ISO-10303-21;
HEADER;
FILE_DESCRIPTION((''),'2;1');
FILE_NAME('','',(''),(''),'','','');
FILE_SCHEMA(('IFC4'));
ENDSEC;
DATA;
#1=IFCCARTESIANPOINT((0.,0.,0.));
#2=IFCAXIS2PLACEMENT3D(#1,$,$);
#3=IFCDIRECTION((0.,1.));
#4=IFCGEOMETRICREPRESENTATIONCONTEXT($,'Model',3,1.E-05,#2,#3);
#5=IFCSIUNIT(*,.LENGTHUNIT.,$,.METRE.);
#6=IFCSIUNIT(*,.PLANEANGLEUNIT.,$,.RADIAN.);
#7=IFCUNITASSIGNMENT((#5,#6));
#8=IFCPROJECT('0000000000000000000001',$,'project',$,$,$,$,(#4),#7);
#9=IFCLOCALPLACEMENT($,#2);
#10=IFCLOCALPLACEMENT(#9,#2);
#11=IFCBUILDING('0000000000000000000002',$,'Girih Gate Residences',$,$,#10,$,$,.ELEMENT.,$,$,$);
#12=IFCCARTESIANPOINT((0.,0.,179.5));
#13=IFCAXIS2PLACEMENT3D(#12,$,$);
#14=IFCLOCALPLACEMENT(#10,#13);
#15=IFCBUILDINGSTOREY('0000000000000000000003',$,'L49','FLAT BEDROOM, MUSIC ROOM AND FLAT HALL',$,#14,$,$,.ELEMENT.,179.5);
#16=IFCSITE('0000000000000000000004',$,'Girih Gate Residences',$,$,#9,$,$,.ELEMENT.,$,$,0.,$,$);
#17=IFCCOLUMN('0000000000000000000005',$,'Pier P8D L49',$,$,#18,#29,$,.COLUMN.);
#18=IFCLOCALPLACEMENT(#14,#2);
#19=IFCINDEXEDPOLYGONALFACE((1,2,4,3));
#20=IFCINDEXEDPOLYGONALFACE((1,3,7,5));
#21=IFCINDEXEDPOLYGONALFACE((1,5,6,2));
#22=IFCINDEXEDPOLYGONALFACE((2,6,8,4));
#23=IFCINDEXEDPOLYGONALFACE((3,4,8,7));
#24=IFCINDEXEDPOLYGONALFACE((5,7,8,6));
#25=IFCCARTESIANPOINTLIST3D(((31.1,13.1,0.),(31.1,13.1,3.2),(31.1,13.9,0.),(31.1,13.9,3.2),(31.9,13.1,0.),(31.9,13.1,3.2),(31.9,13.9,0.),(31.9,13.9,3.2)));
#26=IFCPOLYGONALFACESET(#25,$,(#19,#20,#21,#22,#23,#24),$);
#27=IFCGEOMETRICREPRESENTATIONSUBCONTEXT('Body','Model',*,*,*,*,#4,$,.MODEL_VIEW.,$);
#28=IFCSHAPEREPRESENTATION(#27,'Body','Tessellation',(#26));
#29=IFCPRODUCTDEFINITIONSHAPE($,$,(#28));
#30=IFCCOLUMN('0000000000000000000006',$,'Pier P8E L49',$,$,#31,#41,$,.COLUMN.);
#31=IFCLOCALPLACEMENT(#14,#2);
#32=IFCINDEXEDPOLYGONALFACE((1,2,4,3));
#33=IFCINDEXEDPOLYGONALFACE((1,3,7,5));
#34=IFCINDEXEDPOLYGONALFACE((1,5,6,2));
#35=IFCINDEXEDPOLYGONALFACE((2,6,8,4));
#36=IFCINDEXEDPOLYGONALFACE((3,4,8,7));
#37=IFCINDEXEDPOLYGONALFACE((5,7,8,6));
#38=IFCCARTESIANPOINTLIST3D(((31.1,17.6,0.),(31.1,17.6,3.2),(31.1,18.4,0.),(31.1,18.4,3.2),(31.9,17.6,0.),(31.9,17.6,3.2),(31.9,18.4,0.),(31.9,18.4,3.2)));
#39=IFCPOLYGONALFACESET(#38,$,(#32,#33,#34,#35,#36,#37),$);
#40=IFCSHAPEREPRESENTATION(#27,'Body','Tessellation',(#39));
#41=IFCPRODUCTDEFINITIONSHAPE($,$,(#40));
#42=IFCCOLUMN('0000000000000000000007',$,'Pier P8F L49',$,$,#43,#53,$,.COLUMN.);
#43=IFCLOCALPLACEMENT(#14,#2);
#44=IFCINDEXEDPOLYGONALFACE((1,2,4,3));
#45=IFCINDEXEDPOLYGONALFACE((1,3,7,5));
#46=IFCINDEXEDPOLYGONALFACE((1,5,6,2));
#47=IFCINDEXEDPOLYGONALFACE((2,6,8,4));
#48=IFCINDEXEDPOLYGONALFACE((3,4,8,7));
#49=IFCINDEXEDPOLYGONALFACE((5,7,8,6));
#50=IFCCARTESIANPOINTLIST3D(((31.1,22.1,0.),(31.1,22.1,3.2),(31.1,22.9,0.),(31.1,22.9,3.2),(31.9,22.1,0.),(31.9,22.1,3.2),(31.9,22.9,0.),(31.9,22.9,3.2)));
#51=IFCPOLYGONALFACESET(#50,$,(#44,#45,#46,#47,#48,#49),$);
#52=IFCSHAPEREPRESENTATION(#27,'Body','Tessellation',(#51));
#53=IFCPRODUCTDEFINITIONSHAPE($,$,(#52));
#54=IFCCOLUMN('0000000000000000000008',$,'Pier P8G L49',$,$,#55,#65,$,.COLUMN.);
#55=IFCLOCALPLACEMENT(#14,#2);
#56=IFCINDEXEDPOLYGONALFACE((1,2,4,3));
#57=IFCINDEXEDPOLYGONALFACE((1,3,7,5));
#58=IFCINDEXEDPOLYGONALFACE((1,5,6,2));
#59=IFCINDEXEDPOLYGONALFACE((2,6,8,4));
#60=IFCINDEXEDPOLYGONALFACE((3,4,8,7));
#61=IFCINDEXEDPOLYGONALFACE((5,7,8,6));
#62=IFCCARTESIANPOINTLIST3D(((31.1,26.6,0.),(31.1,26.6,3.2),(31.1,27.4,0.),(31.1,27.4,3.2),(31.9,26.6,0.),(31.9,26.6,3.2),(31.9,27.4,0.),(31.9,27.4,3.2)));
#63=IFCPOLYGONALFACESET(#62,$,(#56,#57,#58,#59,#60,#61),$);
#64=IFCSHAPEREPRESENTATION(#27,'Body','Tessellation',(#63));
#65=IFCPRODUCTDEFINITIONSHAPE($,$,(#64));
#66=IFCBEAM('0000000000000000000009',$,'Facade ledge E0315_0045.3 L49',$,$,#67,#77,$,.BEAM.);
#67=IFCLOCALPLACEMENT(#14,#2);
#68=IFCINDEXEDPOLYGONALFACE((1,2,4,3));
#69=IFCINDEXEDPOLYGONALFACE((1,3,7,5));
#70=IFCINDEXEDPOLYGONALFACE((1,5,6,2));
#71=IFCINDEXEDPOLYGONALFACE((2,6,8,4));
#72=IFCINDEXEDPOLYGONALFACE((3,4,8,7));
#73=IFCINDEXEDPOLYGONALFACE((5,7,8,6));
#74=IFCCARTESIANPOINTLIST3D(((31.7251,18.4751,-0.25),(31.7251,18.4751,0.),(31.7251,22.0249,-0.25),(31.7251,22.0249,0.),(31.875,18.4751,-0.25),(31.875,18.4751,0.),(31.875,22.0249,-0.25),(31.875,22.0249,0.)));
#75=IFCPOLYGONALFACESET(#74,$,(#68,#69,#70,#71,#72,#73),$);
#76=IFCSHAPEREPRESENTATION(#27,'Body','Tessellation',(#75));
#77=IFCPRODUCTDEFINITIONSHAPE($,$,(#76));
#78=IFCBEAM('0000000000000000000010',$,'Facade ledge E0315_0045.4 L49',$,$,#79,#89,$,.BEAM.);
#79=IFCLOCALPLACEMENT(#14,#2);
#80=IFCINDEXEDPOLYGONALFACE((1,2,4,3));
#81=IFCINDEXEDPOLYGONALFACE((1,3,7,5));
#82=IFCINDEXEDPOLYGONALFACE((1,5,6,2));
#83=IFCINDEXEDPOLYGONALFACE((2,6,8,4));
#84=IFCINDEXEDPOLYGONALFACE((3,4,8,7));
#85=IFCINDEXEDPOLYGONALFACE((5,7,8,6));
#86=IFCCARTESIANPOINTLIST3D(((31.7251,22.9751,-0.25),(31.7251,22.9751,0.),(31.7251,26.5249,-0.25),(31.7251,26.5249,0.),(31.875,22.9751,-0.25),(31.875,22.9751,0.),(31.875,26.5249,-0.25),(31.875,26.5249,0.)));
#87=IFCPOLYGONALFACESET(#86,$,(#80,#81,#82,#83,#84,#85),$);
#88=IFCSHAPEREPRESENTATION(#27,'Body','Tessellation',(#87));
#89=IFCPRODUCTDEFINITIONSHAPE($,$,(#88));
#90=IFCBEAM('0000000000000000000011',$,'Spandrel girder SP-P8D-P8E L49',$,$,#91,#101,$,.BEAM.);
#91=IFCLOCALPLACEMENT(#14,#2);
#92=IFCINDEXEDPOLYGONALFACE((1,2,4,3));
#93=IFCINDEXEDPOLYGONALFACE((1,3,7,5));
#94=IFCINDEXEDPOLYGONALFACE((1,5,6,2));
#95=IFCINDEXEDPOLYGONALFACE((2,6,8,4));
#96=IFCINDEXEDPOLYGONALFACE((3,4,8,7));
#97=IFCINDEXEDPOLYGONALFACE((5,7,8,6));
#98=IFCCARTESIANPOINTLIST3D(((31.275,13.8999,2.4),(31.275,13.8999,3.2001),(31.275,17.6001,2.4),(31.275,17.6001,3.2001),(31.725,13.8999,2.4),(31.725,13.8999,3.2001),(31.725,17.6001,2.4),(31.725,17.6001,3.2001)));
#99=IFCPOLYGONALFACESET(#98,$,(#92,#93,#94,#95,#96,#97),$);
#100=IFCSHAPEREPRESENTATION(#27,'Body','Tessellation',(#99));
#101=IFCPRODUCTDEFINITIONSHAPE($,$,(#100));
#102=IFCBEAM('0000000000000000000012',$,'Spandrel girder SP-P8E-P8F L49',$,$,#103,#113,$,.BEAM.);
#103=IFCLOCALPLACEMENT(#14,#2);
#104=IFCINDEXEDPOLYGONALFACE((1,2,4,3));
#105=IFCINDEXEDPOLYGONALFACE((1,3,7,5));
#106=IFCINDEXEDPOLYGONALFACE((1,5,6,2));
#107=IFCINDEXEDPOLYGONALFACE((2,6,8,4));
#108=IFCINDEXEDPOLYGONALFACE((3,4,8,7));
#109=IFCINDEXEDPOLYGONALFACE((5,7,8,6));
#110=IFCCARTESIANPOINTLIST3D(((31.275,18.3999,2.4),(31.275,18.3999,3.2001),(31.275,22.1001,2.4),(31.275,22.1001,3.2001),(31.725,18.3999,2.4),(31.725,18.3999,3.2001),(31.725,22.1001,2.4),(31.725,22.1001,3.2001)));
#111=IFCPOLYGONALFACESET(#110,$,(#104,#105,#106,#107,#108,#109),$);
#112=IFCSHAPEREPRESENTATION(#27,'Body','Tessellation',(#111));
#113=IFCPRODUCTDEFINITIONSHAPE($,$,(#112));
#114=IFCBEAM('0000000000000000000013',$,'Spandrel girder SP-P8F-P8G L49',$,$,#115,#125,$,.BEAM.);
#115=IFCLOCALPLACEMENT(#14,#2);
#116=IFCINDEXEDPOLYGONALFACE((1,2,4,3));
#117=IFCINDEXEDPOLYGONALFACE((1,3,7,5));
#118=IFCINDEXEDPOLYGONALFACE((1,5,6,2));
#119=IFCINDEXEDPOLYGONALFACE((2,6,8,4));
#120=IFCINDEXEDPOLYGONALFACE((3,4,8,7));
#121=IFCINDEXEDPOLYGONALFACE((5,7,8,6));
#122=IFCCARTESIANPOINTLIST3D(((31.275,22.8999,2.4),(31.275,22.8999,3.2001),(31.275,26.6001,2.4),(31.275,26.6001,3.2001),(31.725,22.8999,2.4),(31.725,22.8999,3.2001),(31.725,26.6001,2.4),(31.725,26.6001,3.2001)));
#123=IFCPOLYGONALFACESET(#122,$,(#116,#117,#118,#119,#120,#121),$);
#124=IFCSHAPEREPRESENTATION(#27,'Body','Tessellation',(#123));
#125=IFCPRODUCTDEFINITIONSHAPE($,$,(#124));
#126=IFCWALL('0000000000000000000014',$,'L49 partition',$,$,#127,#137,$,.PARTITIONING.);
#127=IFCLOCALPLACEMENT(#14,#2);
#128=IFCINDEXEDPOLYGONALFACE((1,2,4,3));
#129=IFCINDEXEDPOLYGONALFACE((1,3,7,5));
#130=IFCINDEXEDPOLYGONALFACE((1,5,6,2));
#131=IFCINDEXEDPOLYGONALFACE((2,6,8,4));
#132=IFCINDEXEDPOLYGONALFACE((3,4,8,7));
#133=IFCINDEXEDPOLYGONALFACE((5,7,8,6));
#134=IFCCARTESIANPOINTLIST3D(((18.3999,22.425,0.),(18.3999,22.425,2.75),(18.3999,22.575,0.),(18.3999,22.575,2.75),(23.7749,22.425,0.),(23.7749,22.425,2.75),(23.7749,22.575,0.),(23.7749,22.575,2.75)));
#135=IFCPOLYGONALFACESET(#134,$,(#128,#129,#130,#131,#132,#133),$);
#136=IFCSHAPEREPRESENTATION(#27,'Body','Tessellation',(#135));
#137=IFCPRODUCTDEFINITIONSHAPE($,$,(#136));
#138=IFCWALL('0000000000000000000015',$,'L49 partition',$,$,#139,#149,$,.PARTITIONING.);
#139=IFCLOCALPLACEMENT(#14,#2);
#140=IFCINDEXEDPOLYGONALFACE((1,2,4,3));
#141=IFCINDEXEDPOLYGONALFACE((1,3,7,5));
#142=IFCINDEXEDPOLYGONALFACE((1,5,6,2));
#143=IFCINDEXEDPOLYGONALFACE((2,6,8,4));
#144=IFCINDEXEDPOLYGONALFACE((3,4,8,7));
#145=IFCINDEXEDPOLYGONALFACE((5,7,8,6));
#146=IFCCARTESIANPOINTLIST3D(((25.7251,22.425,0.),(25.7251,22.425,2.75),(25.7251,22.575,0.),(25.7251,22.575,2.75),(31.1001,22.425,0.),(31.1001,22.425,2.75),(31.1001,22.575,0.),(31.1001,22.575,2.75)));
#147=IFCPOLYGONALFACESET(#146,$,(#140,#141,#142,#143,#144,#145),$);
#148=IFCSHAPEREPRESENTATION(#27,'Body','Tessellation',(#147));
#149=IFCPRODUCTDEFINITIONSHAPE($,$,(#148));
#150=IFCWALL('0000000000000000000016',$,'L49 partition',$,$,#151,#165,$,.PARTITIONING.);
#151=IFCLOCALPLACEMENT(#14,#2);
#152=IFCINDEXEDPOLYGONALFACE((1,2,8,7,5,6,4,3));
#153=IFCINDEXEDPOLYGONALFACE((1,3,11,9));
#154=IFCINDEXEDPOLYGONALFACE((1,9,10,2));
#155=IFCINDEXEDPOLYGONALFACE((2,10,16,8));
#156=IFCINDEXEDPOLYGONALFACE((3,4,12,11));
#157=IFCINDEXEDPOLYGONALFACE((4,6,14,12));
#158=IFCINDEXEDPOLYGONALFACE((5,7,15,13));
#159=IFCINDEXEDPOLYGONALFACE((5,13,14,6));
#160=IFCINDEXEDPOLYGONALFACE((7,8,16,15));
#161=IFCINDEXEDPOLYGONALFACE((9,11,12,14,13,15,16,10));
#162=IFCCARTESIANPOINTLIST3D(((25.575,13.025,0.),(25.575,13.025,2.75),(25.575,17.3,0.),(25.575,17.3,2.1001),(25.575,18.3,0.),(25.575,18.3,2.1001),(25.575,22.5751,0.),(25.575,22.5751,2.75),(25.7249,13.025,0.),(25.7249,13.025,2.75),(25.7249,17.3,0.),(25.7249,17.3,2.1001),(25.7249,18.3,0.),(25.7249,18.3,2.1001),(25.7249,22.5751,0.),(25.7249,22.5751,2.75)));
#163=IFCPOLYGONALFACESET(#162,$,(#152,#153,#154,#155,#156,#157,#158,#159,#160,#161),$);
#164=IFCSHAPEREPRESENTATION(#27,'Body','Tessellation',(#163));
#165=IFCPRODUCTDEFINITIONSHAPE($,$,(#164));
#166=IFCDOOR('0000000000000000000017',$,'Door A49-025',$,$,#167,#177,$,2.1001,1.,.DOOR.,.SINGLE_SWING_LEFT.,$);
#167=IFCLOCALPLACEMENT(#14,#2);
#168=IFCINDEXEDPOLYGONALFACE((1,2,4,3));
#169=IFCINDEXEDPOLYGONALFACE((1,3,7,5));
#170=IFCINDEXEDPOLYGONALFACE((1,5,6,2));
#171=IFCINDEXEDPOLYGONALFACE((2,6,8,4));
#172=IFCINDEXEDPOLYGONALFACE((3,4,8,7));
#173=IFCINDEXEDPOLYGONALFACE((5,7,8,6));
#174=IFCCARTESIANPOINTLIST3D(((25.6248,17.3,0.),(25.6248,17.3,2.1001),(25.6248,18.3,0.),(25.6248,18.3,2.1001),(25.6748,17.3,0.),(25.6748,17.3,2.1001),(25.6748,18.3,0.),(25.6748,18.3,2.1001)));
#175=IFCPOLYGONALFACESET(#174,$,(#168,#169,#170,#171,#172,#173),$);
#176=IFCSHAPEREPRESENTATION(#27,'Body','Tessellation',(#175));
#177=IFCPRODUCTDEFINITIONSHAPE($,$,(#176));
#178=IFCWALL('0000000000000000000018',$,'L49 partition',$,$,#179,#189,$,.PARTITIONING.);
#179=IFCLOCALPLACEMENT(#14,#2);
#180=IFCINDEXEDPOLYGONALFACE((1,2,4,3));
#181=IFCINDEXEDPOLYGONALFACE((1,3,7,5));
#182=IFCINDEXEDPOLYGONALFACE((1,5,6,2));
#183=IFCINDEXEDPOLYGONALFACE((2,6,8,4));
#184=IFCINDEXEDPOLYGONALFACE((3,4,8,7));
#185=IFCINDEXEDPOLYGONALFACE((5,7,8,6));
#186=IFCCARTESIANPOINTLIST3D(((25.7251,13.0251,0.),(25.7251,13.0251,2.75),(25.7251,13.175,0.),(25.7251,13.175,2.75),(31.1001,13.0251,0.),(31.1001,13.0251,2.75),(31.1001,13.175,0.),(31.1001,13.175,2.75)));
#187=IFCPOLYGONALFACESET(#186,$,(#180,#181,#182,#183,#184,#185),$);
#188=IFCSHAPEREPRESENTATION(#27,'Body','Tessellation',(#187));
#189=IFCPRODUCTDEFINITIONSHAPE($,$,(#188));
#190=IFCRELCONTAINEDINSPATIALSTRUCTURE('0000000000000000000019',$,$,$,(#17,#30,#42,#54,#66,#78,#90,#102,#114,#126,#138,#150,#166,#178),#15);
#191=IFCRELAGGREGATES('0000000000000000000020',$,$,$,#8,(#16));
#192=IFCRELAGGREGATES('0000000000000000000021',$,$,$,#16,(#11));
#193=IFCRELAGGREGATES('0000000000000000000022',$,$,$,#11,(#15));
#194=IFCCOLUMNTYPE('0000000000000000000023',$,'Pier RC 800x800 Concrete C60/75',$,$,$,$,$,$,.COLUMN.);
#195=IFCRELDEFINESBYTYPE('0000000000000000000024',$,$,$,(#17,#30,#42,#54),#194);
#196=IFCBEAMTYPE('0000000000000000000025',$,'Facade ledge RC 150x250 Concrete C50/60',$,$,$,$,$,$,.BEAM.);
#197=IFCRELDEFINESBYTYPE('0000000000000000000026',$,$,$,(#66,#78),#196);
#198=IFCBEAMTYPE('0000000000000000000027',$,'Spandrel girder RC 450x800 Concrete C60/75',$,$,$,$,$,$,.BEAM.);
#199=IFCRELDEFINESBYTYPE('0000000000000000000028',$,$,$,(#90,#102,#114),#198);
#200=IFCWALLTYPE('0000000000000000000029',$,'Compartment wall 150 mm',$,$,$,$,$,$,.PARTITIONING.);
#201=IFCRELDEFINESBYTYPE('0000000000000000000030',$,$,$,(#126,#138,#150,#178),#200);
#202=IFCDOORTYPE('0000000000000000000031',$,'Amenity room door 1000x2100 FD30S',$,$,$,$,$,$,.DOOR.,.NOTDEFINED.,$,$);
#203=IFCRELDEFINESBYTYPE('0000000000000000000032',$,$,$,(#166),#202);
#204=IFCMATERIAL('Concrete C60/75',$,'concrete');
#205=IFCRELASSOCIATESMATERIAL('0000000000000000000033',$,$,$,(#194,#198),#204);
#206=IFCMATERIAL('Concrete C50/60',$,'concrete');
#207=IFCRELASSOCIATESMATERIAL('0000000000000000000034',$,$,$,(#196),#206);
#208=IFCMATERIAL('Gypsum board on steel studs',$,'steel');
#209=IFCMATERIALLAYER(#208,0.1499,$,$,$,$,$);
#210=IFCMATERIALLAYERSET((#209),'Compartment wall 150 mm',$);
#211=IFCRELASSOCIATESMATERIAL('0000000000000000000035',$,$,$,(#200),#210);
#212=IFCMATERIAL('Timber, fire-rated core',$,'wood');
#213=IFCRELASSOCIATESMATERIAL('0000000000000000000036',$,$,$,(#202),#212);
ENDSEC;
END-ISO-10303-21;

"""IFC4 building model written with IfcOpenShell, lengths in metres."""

from ifc_helpers import new_model, si_unit, direction, frame, frame_2d, origin, origin_2d, place, context, subcontext, project, spatial, rectangle, extrude, material, layer, layer_set, material_profile, profile_set, type_object, element, fill, save


model = new_model("IFC4")

# Units and contexts
model_context = context("Model", 3, precision=1e-05, world=origin(), true_north=direction((0.0, 1.0)))
body_context = subcontext(model_context, "Body", "Model", "MODEL_VIEW")
ifc_project = project(units=[si_unit("LENGTHUNIT", "METRE"), si_unit("PLANEANGLEUNIT", "RADIAN")], contexts=[model_context])

# Site, building, storey
site_placement = place(None, origin())
site = spatial("IfcSite", under=ifc_project, at=site_placement, Name="Girih Gate Residences", CompositionType="ELEMENT", RefElevation=0.0)
building_placement = place(site_placement, origin())
building = spatial("IfcBuilding", under=site, at=building_placement, Name="Girih Gate Residences", CompositionType="ELEMENT")
storey_placement = place(building_placement, frame((0.0, 0.0, 179.5)))
storey = spatial("IfcBuildingStorey", under=building, at=storey_placement, Name="L49", Description="FLAT BEDROOM, MUSIC ROOM AND FLAT HALL", CompositionType="ELEMENT", Elevation=179.5)

# Columns
ifc_material_1 = material(Name="Concrete C60/75", Category="concrete")
ifc_material_profile_1 = material_profile(ifc_material_1, rectangle(XDim=0.8, YDim=0.8, at=origin_2d()))
ifc_profile_set_1 = profile_set([ifc_material_profile_1], Name="Concrete C60/75")
column_type = type_object("IfcColumnType", Name="Pier RC 800x800 Concrete C60/75", PredefinedType="COLUMN", material=ifc_profile_set_1)
for number, where, z_axis, x_axis, name in (
    (1, (31.5, 13.5, 0.0), (0.0, 0.0, 1.0), (1.0, 0.0, 0.0), "Pier P8D L49"),
    (2, (31.5, 18.0, 0.0), (0.0, 0.0, 1.0), (1.0, 0.0, 0.0), "Pier P8E L49"),
    (3, (31.5, 22.5, 0.0), (0.0, 0.0, 1.0), (1.0, 0.0, 0.0), "Pier P8F L49"),
    (4, (31.5, 27.0, 0.0), (0.0, 0.0, 1.0), (1.0, 0.0, 0.0), "Pier P8G L49"),
):
    element("IfcColumn", number, at=place(storey_placement, frame(where, z_axis=z_axis, x_axis=x_axis)), inside=storey, type_object=column_type, Name=name, PredefinedType="COLUMN", context=body_context, shape_type="SweptSolid", body=[
        extrude(rectangle(XDim=0.8, YDim=0.8, at=origin_2d()), origin(), (0.0, 0.0, 1.0), 3.2),
    ])

# Beams
ifc_material_2 = material(Name="Concrete C50/60", Category="concrete")
ifc_material_profile_2 = material_profile(ifc_material_2, rectangle(XDim=0.1499, YDim=0.25, at=origin_2d()))
ifc_profile_set_2 = profile_set([ifc_material_profile_2], Name="Concrete C50/60")
beam_type_1 = type_object("IfcBeamType", Name="Facade ledge RC 150x250 Concrete C50/60", PredefinedType="BEAM", material=ifc_profile_set_2)
for number, where, z_axis, x_axis, name in (
    (5, (31.8, 18.4751, -0.125), (0.0, 1.0, 0.0), (-1.0, 0.0, 0.0), "Facade ledge E0315_0045.3 L49"),
    (6, (31.8, 22.9751, -0.125), (0.0, 1.0, 0.0), (-1.0, 0.0, 0.0), "Facade ledge E0315_0045.4 L49"),
):
    element("IfcBeam", number, at=place(storey_placement, frame(where, z_axis=z_axis, x_axis=x_axis)), inside=storey, type_object=beam_type_1, Name=name, PredefinedType="BEAM", context=body_context, shape_type="SweptSolid", body=[
        extrude(rectangle(XDim=0.1499, YDim=0.25, at=origin_2d()), origin(), (0.0, 0.0, 1.0), 3.5498),
    ])
ifc_material_profile_3 = material_profile(ifc_material_1, rectangle(XDim=0.45, YDim=0.8, at=origin_2d()))
ifc_profile_set_3 = profile_set([ifc_material_profile_3], Name="Concrete C60/75")
beam_type_2 = type_object("IfcBeamType", Name="Spandrel girder RC 450x800 Concrete C60/75", PredefinedType="BEAM", material=ifc_profile_set_3)
for number, where, z_axis, x_axis, name in (
    (7, (31.5, 13.8999, 2.8), (0.0, 1.0, 0.0), (-1.0, 0.0, 0.0), "Spandrel girder SP-P8D-P8E L49"),
    (8, (31.5, 18.3999, 2.8), (0.0, 1.0, 0.0), (-1.0, 0.0, 0.0), "Spandrel girder SP-P8E-P8F L49"),
    (9, (31.5, 22.8999, 2.8), (0.0, 1.0, 0.0), (-1.0, 0.0, 0.0), "Spandrel girder SP-P8F-P8G L49"),
):
    element("IfcBeam", number, at=place(storey_placement, frame(where, z_axis=z_axis, x_axis=x_axis)), inside=storey, type_object=beam_type_2, Name=name, PredefinedType="BEAM", context=body_context, shape_type="SweptSolid", body=[
        extrude(rectangle(XDim=0.45, YDim=0.8, at=origin_2d()), origin(), (0.0, 0.0, 1.0), 3.7002),
    ])

# Walls
ifc_material_3 = material(Name="Gypsum board on steel studs", Category="steel")
ifc_layer_1 = layer(ifc_material_3, 0.1499)
ifc_layer_set_1 = layer_set([ifc_layer_1], Name="Compartment wall 150 mm")
wall_type_1 = type_object("IfcWallType", Name="Compartment wall 150 mm", PredefinedType="PARTITIONING", material=ifc_layer_set_1)
for number, where, z_axis, x_axis, name in (
    (10, (18.3999, 22.5, 0.0), (0.0, 0.0, 1.0), (1.0, 0.0, 0.0), "L49 partition"),
    (11, (25.7251, 22.5, 0.0), (0.0, 0.0, 1.0), (1.0, 0.0, 0.0), "L49 partition"),
):
    element("IfcWall", number, at=place(storey_placement, frame(where, z_axis=z_axis, x_axis=x_axis)), inside=storey, type_object=wall_type_1, Name=name, PredefinedType="PARTITIONING", context=body_context, shape_type="SweptSolid", body=[
        extrude(rectangle(XDim=5.375, YDim=0.1499, at=frame_2d((2.6875, 0.0))), origin(), (0.0, 0.0, 1.0), 2.75),
    ])

# Wall, opening, door
wall_1_placement = place(storey_placement, frame((25.6499, 22.575, 0.0), z_axis=(0.0, 0.0, 1.0), x_axis=(0.0, -1.0, 0.0)))
wall_1 = element("IfcWall", 12, at=wall_1_placement, inside=storey, type_object=wall_type_1, Name="L49 partition", PredefinedType="PARTITIONING", context=body_context, shape_type="SweptSolid", body=[
    extrude(rectangle(XDim=9.55, YDim=0.1499, at=frame_2d((4.7749, 0.0))), origin(), (0.0, 0.0, 1.0), 2.75),
])
opening_1_placement = place(wall_1_placement, frame((4.2749, 0.0, 0.0)))
opening_1 = element("IfcOpeningElement", 13, at=opening_1_placement, cuts=wall_1, PredefinedType="OPENING", context=body_context, shape_type="SweptSolid", body=[
    extrude(rectangle(XDim=1.0, YDim=2.1001, at=frame_2d((0.5, 1.05))), frame((0.0, 0.085, 0.0), z_axis=(0.0, -1.0, 0.0), x_axis=(1.0, 0.0, 0.0)), (0.0, 0.0, 1.0), 0.1699),
])
ifc_material_4 = material(Name="Timber, fire-rated core", Category="wood")
door_type_1 = type_object("IfcDoorType", Name="Amenity room door 1000x2100 FD30S", OperationType="NOTDEFINED", PredefinedType="DOOR", material=ifc_material_4)
door_1_placement = place(opening_1_placement, origin())
door_1 = element("IfcDoor", 14, at=door_1_placement, inside=storey, type_object=door_type_1, Name="Door A49-025", OperationType="SINGLE_SWING_LEFT", OverallHeight=2.1001, OverallWidth=1.0, PredefinedType="DOOR", context=body_context, shape_type="SweptSolid", body=[
    extrude(rectangle(XDim=1.0, YDim=2.1001, at=frame_2d((0.5, 1.05))), frame((0.0, 0.0249, 0.0), z_axis=(0.0, -1.0, 0.0), x_axis=(1.0, 0.0, 0.0)), (0.0, 0.0, 1.0), 0.05),
])
fill(opening_1, door_1)

# Wall
wall_2_placement = place(storey_placement, frame((25.7251, 13.1001, 0.0), z_axis=(0.0, 0.0, 1.0), x_axis=(1.0, 0.0, 0.0)))
element("IfcWall", 15, at=wall_2_placement, inside=storey, type_object=wall_type_1, Name="L49 partition", PredefinedType="PARTITIONING", context=body_context, shape_type="SweptSolid", body=[
    extrude(rectangle(XDim=5.375, YDim=0.1499, at=frame_2d((2.6875, 0.0))), origin(), (0.0, 0.0, 1.0), 2.75),
])

save(model, "model.ifc")
